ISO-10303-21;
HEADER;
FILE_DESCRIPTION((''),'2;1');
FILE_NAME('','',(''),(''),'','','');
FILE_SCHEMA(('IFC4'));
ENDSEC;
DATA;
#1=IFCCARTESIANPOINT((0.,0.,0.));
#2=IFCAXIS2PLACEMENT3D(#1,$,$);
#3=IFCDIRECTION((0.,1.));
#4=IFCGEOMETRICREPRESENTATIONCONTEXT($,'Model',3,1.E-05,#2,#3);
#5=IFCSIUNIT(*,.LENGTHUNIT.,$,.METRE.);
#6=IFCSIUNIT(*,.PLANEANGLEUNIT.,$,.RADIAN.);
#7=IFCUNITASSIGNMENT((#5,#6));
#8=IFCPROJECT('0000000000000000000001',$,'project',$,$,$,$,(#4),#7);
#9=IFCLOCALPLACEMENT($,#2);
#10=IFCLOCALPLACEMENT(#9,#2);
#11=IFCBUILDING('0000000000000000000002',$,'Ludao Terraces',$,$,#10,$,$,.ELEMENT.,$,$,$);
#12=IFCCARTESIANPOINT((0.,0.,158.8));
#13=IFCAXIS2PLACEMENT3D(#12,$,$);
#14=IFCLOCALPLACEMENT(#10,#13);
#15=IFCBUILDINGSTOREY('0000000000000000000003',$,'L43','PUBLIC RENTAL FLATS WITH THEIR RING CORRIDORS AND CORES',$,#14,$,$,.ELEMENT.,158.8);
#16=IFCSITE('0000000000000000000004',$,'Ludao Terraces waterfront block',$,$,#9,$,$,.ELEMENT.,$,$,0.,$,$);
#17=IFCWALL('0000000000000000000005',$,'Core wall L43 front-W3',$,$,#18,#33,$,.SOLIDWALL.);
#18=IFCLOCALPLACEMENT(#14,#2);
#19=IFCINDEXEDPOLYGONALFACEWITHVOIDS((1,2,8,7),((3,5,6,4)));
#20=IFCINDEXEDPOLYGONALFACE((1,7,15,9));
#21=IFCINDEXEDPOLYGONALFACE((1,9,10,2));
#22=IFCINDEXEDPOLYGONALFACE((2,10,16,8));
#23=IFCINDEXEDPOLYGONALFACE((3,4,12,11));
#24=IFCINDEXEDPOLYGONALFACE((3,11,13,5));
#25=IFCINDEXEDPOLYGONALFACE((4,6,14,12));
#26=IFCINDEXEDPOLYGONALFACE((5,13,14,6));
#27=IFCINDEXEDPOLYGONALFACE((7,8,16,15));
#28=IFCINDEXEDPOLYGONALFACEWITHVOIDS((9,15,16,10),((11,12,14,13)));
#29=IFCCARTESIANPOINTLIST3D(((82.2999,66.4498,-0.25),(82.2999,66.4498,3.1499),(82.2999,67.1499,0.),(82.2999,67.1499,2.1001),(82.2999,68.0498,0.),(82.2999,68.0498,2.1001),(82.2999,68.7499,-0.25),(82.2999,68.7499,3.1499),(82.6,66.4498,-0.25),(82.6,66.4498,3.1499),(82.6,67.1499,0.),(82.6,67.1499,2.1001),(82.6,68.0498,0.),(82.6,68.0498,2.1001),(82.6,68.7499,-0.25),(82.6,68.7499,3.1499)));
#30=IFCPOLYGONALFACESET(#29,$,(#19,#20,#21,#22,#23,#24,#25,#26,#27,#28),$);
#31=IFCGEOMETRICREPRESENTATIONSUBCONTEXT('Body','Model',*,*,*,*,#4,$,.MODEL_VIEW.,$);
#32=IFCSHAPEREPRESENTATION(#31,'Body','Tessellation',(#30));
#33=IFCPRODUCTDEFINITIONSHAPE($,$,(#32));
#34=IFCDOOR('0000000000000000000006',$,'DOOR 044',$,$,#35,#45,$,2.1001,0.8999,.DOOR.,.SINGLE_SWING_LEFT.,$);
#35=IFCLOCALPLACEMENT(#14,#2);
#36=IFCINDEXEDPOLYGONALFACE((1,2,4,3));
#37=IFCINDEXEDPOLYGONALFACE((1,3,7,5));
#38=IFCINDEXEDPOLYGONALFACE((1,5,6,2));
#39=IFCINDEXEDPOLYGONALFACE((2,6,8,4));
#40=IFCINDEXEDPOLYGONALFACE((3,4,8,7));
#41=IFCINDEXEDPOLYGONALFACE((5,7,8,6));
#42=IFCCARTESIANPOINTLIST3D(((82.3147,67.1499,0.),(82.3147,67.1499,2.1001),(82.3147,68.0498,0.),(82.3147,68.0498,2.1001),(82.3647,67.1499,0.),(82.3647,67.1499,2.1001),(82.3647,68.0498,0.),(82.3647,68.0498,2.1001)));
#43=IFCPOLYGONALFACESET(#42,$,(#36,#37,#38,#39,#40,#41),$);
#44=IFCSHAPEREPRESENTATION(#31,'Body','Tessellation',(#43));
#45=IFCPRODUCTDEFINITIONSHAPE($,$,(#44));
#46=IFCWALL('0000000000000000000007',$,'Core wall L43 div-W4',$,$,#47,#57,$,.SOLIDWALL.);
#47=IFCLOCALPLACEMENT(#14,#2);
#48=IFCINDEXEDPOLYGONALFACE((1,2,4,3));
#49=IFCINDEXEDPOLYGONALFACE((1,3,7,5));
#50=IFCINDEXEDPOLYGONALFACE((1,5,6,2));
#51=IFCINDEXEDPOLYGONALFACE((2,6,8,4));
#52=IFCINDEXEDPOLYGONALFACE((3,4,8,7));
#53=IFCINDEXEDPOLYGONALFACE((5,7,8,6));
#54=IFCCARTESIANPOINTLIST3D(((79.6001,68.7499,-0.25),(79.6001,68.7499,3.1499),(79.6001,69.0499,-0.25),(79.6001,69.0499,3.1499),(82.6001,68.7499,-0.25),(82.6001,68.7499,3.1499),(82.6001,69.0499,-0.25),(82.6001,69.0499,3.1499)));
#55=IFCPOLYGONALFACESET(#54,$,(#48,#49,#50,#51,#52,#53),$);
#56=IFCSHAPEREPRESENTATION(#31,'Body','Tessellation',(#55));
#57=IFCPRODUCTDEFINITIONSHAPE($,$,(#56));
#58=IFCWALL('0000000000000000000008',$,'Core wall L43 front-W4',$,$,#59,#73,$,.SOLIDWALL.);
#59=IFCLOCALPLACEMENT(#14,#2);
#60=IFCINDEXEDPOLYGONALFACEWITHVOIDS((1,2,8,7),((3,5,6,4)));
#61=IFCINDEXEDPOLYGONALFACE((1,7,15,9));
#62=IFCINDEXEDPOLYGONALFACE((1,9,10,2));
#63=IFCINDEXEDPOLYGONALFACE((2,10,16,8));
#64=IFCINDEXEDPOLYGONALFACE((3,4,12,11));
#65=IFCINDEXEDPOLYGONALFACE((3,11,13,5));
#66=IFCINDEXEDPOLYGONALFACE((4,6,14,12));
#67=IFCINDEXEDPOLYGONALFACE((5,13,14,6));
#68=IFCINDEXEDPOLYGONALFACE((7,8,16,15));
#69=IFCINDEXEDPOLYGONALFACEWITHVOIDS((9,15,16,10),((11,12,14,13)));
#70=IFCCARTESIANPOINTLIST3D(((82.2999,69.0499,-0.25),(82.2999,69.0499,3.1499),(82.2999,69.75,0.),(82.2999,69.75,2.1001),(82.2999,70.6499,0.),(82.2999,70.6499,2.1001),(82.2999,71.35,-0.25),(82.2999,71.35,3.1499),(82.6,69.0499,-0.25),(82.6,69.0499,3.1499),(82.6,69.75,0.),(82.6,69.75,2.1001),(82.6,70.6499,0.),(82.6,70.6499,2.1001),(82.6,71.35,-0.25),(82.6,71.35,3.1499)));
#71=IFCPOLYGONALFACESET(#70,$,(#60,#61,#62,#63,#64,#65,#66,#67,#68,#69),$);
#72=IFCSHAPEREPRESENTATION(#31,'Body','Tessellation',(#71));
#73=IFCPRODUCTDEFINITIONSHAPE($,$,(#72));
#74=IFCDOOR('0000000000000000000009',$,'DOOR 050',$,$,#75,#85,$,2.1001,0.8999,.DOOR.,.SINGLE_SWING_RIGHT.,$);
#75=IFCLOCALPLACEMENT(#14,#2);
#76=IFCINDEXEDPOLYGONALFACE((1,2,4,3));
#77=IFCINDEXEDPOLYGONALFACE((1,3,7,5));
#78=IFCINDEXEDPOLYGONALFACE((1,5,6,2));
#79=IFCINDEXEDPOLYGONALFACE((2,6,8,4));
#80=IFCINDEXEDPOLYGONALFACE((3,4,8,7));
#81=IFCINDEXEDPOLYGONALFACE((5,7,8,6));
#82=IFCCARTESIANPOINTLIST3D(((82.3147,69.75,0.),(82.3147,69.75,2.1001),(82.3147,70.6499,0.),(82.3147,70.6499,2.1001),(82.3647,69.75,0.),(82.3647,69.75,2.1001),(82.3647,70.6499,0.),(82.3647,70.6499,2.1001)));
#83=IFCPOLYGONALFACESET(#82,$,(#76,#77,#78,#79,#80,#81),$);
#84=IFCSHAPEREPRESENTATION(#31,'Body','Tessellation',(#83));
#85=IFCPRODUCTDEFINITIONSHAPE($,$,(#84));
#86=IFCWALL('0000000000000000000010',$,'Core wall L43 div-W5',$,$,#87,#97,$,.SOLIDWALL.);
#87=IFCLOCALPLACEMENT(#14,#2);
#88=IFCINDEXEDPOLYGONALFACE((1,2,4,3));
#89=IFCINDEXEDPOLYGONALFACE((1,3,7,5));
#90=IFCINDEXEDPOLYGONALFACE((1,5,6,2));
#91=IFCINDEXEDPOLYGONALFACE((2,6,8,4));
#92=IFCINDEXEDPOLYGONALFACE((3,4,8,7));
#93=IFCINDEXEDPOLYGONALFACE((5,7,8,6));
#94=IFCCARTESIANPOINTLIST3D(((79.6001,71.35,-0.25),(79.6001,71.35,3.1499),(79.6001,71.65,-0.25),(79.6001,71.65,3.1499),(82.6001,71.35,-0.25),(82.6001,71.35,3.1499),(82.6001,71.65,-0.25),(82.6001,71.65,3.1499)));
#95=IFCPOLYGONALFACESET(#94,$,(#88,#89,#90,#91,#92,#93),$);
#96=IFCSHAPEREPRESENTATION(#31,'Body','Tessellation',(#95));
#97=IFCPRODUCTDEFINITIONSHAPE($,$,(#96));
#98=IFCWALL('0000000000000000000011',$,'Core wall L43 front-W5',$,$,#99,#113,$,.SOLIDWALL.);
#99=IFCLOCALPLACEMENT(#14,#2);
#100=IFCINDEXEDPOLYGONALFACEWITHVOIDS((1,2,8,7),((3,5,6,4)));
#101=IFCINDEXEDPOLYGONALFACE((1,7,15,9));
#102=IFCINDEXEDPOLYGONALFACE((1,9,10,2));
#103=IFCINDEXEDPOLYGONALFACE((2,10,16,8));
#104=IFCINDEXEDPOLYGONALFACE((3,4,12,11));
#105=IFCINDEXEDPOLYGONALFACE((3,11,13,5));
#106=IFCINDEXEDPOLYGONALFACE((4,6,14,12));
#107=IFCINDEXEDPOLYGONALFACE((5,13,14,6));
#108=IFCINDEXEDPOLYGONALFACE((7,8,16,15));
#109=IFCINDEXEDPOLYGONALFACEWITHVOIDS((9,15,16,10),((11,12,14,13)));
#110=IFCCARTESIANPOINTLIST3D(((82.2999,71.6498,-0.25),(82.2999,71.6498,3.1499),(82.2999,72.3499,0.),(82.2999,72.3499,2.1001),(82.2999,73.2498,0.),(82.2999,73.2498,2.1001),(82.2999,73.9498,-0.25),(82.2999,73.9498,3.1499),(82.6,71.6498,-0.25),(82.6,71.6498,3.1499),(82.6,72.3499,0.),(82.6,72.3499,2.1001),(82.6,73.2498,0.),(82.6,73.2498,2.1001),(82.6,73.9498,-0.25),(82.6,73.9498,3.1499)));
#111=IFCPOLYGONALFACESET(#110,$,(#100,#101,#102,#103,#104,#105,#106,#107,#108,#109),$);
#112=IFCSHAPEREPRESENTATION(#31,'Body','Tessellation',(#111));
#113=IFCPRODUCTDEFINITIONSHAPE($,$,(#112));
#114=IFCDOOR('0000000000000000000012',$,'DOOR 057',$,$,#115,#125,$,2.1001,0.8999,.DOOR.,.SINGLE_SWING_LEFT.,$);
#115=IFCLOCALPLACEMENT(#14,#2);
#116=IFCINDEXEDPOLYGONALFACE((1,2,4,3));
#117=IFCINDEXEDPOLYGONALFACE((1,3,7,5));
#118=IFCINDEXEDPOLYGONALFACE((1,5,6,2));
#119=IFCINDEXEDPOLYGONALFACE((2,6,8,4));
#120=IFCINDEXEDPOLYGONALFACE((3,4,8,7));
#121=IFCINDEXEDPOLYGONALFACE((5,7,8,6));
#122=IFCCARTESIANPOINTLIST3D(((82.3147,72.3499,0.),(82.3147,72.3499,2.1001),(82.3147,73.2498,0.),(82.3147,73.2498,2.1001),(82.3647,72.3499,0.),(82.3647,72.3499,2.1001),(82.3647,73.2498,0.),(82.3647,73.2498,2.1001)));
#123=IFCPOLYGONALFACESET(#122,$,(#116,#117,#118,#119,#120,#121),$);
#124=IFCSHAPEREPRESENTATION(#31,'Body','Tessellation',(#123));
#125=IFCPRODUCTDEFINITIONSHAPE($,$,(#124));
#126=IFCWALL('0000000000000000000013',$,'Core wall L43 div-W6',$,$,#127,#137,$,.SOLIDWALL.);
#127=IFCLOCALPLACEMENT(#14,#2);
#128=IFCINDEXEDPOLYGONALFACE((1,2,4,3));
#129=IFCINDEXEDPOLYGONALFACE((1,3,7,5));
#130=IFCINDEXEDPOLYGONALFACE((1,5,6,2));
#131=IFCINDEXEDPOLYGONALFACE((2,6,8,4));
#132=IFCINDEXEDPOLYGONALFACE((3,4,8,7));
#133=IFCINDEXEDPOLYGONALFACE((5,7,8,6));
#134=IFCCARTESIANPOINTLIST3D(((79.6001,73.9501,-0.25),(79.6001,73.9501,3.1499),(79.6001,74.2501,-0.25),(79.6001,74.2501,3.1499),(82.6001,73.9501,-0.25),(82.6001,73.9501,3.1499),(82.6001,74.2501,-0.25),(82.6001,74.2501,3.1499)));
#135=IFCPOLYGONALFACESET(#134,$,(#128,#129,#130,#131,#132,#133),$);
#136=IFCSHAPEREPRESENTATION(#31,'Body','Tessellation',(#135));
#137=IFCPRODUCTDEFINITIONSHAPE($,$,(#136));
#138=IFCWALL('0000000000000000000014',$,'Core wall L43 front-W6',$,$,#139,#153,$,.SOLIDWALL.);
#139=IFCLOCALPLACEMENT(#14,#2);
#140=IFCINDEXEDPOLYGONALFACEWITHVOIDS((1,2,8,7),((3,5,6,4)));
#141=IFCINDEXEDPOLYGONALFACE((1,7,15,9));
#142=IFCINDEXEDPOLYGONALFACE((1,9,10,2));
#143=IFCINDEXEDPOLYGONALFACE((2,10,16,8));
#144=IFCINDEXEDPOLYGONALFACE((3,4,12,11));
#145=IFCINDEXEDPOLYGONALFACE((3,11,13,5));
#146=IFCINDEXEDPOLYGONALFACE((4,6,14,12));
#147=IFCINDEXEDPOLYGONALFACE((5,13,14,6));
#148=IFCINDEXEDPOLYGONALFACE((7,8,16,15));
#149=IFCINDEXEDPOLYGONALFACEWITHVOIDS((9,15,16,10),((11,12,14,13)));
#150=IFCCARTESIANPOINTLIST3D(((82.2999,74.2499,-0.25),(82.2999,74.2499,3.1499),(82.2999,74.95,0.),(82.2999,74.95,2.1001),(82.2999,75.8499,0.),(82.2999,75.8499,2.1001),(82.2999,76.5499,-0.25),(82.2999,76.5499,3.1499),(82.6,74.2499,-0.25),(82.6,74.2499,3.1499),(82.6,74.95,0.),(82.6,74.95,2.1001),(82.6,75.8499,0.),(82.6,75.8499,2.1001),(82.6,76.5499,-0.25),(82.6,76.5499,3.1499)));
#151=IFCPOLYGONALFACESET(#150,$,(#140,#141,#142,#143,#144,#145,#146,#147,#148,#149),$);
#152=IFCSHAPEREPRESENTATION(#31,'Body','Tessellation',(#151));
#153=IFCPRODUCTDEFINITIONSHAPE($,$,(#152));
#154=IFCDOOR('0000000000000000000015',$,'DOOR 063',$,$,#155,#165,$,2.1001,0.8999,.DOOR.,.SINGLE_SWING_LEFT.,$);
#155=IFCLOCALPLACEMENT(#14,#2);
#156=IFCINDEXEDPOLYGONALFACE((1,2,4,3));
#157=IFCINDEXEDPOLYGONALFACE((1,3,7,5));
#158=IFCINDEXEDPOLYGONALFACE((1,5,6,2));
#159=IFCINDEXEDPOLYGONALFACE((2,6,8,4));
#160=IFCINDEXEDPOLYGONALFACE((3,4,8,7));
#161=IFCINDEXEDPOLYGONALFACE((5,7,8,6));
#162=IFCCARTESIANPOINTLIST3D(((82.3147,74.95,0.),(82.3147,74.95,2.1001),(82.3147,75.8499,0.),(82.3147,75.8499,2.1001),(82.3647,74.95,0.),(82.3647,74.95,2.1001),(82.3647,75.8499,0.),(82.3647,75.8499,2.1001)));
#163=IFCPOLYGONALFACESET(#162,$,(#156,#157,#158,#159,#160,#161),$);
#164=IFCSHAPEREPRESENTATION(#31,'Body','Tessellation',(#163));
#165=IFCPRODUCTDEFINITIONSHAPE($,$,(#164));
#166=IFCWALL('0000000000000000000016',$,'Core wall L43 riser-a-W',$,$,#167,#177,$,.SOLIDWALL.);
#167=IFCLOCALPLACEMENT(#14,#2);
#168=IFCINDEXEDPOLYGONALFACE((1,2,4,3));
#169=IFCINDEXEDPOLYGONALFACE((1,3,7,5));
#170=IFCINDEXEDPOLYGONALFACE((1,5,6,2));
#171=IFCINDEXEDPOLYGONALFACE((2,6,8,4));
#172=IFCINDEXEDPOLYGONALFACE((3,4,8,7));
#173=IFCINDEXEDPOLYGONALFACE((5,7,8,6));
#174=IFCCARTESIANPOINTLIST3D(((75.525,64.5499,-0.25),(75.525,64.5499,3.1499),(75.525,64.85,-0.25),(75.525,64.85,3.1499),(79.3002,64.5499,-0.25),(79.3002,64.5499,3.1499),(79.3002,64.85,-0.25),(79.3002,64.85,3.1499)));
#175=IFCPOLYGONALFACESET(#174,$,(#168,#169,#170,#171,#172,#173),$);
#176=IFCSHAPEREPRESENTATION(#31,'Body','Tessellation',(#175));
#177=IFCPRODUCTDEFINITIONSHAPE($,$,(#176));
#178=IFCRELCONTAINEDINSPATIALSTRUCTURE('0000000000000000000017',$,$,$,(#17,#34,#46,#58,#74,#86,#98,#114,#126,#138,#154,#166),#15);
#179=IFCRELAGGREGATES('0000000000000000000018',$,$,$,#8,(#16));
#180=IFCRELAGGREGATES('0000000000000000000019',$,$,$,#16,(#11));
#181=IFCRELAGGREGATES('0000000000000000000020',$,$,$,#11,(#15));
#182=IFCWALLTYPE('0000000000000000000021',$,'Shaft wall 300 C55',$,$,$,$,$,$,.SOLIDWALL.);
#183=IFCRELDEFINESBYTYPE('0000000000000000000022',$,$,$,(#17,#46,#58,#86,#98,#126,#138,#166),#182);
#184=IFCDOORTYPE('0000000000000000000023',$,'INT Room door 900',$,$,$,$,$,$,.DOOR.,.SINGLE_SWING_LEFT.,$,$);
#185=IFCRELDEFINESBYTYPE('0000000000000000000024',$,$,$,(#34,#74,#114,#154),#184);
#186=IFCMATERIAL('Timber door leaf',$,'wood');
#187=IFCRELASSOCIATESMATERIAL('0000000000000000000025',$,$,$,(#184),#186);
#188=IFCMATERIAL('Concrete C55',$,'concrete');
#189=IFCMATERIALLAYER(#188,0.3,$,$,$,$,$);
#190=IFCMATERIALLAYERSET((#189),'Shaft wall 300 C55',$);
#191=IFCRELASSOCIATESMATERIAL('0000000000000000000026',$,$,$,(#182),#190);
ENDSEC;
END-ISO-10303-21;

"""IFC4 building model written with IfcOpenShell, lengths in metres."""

from ifc_helpers import new_model, si_unit, direction, frame, frame_2d, origin, place, context, subcontext, project, spatial, rectangle, extrude, material, layer, layer_set, type_object, element, fill, save


model = new_model("IFC4")

# Units and contexts
model_context = context("Model", 3, precision=1e-05, world=origin(), true_north=direction((0.0, 1.0)))
body_context = subcontext(model_context, "Body", "Model", "MODEL_VIEW")
ifc_project = project(units=[si_unit("LENGTHUNIT", "METRE"), si_unit("PLANEANGLEUNIT", "RADIAN")], contexts=[model_context])

# Site, building, storey
site_placement = place(None, origin())
site = spatial("IfcSite", under=ifc_project, at=site_placement, Name="Ludao Terraces waterfront block", CompositionType="ELEMENT", RefElevation=0.0)
building_placement = place(site_placement, origin())
building = spatial("IfcBuilding", under=site, at=building_placement, Name="Ludao Terraces", CompositionType="ELEMENT")
storey_placement = place(building_placement, frame((0.0, 0.0, 158.8)))
storey = spatial("IfcBuildingStorey", under=building, at=storey_placement, Name="L43", Description="PUBLIC RENTAL FLATS WITH THEIR RING CORRIDORS AND CORES", CompositionType="ELEMENT", Elevation=158.8)

# Shared definitions
ifc_material_1 = material(Name="Timber door leaf", Category="wood")
door_type_1 = type_object("IfcDoorType", Name="INT Room door 900", OperationType="SINGLE_SWING_LEFT", PredefinedType="DOOR", material=ifc_material_1)

# Shared definitions
ifc_material_2 = material(Name="Concrete C55", Category="concrete")
ifc_layer_1 = layer(ifc_material_2, 0.3)
ifc_layer_set_1 = layer_set([ifc_layer_1], Name="Shaft wall 300 C55")
wall_type_1 = type_object("IfcWallType", Name="Shaft wall 300 C55", PredefinedType="SOLIDWALL", material=ifc_layer_set_1)

# Wall, opening, door
wall_1_placement = place(storey_placement, frame((82.45, 66.45, -0.25), z_axis=(0.0, 0.0, 1.0), x_axis=(0.0, 1.0, 0.0)))
wall_1 = element("IfcWall", 1, at=wall_1_placement, inside=storey, type_object=wall_type_1, Name="Core wall L43 front-W3", PredefinedType="SOLIDWALL", context=body_context, shape_type="SweptSolid", body=[
    extrude(rectangle(XDim=2.3, YDim=0.3, at=frame_2d((1.1499, 0.0))), origin(), (0.0, 0.0, 1.0), 3.3999),
])
opening_1_placement = place(wall_1_placement, frame((0.7, 0.0, 0.25)))
opening_1 = element("IfcOpeningElement", 2, at=opening_1_placement, cuts=wall_1, PredefinedType="OPENING", context=body_context, shape_type="SweptSolid", body=[
    extrude(rectangle(XDim=0.8999, YDim=2.1001, at=frame_2d((0.45, 1.05))), frame((0.0, 0.1602, 0.0), z_axis=(0.0, -1.0, 0.0), x_axis=(1.0, 0.0, 0.0)), (0.0, 0.0, 1.0), 0.3201),
])
door_1_placement = place(opening_1_placement, origin())
door_1 = element("IfcDoor", 3, at=door_1_placement, inside=storey, type_object=door_type_1, Name="DOOR 044", OperationType="SINGLE_SWING_LEFT", OverallHeight=2.1001, OverallWidth=0.8999, PredefinedType="DOOR", context=body_context, shape_type="SweptSolid", body=[
    extrude(rectangle(XDim=0.8999, YDim=2.1001, at=frame_2d((0.45, 1.05))), frame((0.0, 0.1353, 0.0), z_axis=(0.0, -1.0, 0.0), x_axis=(1.0, 0.0, 0.0)), (0.0, 0.0, 1.0), 0.05),
])
fill(opening_1, door_1)

# Wall
wall_2_placement = place(storey_placement, frame((79.6001, 68.8999, -0.25), z_axis=(0.0, 0.0, 1.0), x_axis=(1.0, 0.0, 0.0)))
element("IfcWall", 4, at=wall_2_placement, inside=storey, type_object=wall_type_1, Name="Core wall L43 div-W4", PredefinedType="SOLIDWALL", context=body_context, shape_type="SweptSolid", body=[
    extrude(rectangle(XDim=3.0, YDim=0.3, at=frame_2d((1.5, 0.0))), origin(), (0.0, 0.0, 1.0), 3.3999),
])

# Wall, opening, door
wall_3_placement = place(storey_placement, frame((82.45, 69.05, -0.25), z_axis=(0.0, 0.0, 1.0), x_axis=(0.0, 1.0, 0.0)))
wall_3 = element("IfcWall", 5, at=wall_3_placement, inside=storey, type_object=wall_type_1, Name="Core wall L43 front-W4", PredefinedType="SOLIDWALL", context=body_context, shape_type="SweptSolid", body=[
    extrude(rectangle(XDim=2.3, YDim=0.3, at=frame_2d((1.1499, 0.0))), origin(), (0.0, 0.0, 1.0), 3.3999),
])
opening_2_placement = place(wall_3_placement, frame((0.7, 0.0, 0.25)))
opening_2 = element("IfcOpeningElement", 6, at=opening_2_placement, cuts=wall_3, PredefinedType="OPENING", context=body_context, shape_type="SweptSolid", body=[
    extrude(rectangle(XDim=0.8999, YDim=2.1001, at=frame_2d((0.45, 1.05))), frame((0.0, 0.1602, 0.0), z_axis=(0.0, -1.0, 0.0), x_axis=(1.0, 0.0, 0.0)), (0.0, 0.0, 1.0), 0.3201),
])
door_2_placement = place(opening_2_placement, origin())
door_2 = element("IfcDoor", 7, at=door_2_placement, inside=storey, type_object=door_type_1, Name="DOOR 050", OperationType="SINGLE_SWING_RIGHT", OverallHeight=2.1001, OverallWidth=0.8999, PredefinedType="DOOR", context=body_context, shape_type="SweptSolid", body=[
    extrude(rectangle(XDim=0.8999, YDim=2.1001, at=frame_2d((0.45, 1.05))), frame((0.0, 0.1353, 0.0), z_axis=(0.0, -1.0, 0.0), x_axis=(1.0, 0.0, 0.0)), (0.0, 0.0, 1.0), 0.05),
])
fill(opening_2, door_2)

# Wall
wall_4_placement = place(storey_placement, frame((79.6001, 71.5, -0.25), z_axis=(0.0, 0.0, 1.0), x_axis=(1.0, 0.0, 0.0)))
element("IfcWall", 8, at=wall_4_placement, inside=storey, type_object=wall_type_1, Name="Core wall L43 div-W5", PredefinedType="SOLIDWALL", context=body_context, shape_type="SweptSolid", body=[
    extrude(rectangle(XDim=3.0, YDim=0.3, at=frame_2d((1.5, 0.0))), origin(), (0.0, 0.0, 1.0), 3.3999),
])

# Wall, opening, door
wall_5_placement = place(storey_placement, frame((82.45, 71.6499, -0.25), z_axis=(0.0, 0.0, 1.0), x_axis=(0.0, 1.0, 0.0)))
wall_5 = element("IfcWall", 9, at=wall_5_placement, inside=storey, type_object=wall_type_1, Name="Core wall L43 front-W5", PredefinedType="SOLIDWALL", context=body_context, shape_type="SweptSolid", body=[
    extrude(rectangle(XDim=2.3, YDim=0.3, at=frame_2d((1.1499, 0.0))), origin(), (0.0, 0.0, 1.0), 3.3999),
])
opening_3_placement = place(wall_5_placement, frame((0.7, 0.0, 0.25)))
opening_3 = element("IfcOpeningElement", 10, at=opening_3_placement, cuts=wall_5, PredefinedType="OPENING", context=body_context, shape_type="SweptSolid", body=[
    extrude(rectangle(XDim=0.8999, YDim=2.1001, at=frame_2d((0.45, 1.05))), frame((0.0, 0.1602, 0.0), z_axis=(0.0, -1.0, 0.0), x_axis=(1.0, 0.0, 0.0)), (0.0, 0.0, 1.0), 0.3201),
])
door_3_placement = place(opening_3_placement, origin())
door_3 = element("IfcDoor", 11, at=door_3_placement, inside=storey, type_object=door_type_1, Name="DOOR 057", OperationType="SINGLE_SWING_LEFT", OverallHeight=2.1001, OverallWidth=0.8999, PredefinedType="DOOR", context=body_context, shape_type="SweptSolid", body=[
    extrude(rectangle(XDim=0.8999, YDim=2.1001, at=frame_2d((0.45, 1.05))), frame((0.0, 0.1353, 0.0), z_axis=(0.0, -1.0, 0.0), x_axis=(1.0, 0.0, 0.0)), (0.0, 0.0, 1.0), 0.05),
])
fill(opening_3, door_3)

# Wall
wall_6_placement = place(storey_placement, frame((79.6001, 74.1001, -0.25), z_axis=(0.0, 0.0, 1.0), x_axis=(1.0, 0.0, 0.0)))
element("IfcWall", 12, at=wall_6_placement, inside=storey, type_object=wall_type_1, Name="Core wall L43 div-W6", PredefinedType="SOLIDWALL", context=body_context, shape_type="SweptSolid", body=[
    extrude(rectangle(XDim=3.0, YDim=0.3, at=frame_2d((1.5, 0.0))), origin(), (0.0, 0.0, 1.0), 3.3999),
])

# Wall, opening, door
wall_7_placement = place(storey_placement, frame((82.45, 74.25, -0.25), z_axis=(0.0, 0.0, 1.0), x_axis=(0.0, 1.0, 0.0)))
wall_7 = element("IfcWall", 13, at=wall_7_placement, inside=storey, type_object=wall_type_1, Name="Core wall L43 front-W6", PredefinedType="SOLIDWALL", context=body_context, shape_type="SweptSolid", body=[
    extrude(rectangle(XDim=2.3, YDim=0.3, at=frame_2d((1.1499, 0.0))), origin(), (0.0, 0.0, 1.0), 3.3999),
])
opening_4_placement = place(wall_7_placement, frame((0.7, 0.0, 0.25)))
opening_4 = element("IfcOpeningElement", 14, at=opening_4_placement, cuts=wall_7, PredefinedType="OPENING", context=body_context, shape_type="SweptSolid", body=[
    extrude(rectangle(XDim=0.8999, YDim=2.1001, at=frame_2d((0.45, 1.05))), frame((0.0, 0.1602, 0.0), z_axis=(0.0, -1.0, 0.0), x_axis=(1.0, 0.0, 0.0)), (0.0, 0.0, 1.0), 0.3201),
])
door_4_placement = place(opening_4_placement, origin())
door_4 = element("IfcDoor", 15, at=door_4_placement, inside=storey, type_object=door_type_1, Name="DOOR 063", OperationType="SINGLE_SWING_LEFT", OverallHeight=2.1001, OverallWidth=0.8999, PredefinedType="DOOR", context=body_context, shape_type="SweptSolid", body=[
    extrude(rectangle(XDim=0.8999, YDim=2.1001, at=frame_2d((0.45, 1.05))), frame((0.0, 0.1353, 0.0), z_axis=(0.0, -1.0, 0.0), x_axis=(1.0, 0.0, 0.0)), (0.0, 0.0, 1.0), 0.05),
])
fill(opening_4, door_4)

# Wall
for number, where, z_axis, x_axis, name in (
    (16, (75.5249, 64.7, -0.25), (0.0, 0.0, 1.0), (1.0, 0.0, 0.0), "Core wall L43 riser-a-W"),
):
    element("IfcWall", number, at=place(storey_placement, frame(where, z_axis=z_axis, x_axis=x_axis)), inside=storey, type_object=wall_type_1, Name=name, PredefinedType="SOLIDWALL", context=body_context, shape_type="SweptSolid", body=[
        extrude(rectangle(XDim=3.7751, YDim=0.3, at=frame_2d((1.8877, 0.0))), origin(), (0.0, 0.0, 1.0), 3.3999),
    ])

save(model, "model.ifc")
